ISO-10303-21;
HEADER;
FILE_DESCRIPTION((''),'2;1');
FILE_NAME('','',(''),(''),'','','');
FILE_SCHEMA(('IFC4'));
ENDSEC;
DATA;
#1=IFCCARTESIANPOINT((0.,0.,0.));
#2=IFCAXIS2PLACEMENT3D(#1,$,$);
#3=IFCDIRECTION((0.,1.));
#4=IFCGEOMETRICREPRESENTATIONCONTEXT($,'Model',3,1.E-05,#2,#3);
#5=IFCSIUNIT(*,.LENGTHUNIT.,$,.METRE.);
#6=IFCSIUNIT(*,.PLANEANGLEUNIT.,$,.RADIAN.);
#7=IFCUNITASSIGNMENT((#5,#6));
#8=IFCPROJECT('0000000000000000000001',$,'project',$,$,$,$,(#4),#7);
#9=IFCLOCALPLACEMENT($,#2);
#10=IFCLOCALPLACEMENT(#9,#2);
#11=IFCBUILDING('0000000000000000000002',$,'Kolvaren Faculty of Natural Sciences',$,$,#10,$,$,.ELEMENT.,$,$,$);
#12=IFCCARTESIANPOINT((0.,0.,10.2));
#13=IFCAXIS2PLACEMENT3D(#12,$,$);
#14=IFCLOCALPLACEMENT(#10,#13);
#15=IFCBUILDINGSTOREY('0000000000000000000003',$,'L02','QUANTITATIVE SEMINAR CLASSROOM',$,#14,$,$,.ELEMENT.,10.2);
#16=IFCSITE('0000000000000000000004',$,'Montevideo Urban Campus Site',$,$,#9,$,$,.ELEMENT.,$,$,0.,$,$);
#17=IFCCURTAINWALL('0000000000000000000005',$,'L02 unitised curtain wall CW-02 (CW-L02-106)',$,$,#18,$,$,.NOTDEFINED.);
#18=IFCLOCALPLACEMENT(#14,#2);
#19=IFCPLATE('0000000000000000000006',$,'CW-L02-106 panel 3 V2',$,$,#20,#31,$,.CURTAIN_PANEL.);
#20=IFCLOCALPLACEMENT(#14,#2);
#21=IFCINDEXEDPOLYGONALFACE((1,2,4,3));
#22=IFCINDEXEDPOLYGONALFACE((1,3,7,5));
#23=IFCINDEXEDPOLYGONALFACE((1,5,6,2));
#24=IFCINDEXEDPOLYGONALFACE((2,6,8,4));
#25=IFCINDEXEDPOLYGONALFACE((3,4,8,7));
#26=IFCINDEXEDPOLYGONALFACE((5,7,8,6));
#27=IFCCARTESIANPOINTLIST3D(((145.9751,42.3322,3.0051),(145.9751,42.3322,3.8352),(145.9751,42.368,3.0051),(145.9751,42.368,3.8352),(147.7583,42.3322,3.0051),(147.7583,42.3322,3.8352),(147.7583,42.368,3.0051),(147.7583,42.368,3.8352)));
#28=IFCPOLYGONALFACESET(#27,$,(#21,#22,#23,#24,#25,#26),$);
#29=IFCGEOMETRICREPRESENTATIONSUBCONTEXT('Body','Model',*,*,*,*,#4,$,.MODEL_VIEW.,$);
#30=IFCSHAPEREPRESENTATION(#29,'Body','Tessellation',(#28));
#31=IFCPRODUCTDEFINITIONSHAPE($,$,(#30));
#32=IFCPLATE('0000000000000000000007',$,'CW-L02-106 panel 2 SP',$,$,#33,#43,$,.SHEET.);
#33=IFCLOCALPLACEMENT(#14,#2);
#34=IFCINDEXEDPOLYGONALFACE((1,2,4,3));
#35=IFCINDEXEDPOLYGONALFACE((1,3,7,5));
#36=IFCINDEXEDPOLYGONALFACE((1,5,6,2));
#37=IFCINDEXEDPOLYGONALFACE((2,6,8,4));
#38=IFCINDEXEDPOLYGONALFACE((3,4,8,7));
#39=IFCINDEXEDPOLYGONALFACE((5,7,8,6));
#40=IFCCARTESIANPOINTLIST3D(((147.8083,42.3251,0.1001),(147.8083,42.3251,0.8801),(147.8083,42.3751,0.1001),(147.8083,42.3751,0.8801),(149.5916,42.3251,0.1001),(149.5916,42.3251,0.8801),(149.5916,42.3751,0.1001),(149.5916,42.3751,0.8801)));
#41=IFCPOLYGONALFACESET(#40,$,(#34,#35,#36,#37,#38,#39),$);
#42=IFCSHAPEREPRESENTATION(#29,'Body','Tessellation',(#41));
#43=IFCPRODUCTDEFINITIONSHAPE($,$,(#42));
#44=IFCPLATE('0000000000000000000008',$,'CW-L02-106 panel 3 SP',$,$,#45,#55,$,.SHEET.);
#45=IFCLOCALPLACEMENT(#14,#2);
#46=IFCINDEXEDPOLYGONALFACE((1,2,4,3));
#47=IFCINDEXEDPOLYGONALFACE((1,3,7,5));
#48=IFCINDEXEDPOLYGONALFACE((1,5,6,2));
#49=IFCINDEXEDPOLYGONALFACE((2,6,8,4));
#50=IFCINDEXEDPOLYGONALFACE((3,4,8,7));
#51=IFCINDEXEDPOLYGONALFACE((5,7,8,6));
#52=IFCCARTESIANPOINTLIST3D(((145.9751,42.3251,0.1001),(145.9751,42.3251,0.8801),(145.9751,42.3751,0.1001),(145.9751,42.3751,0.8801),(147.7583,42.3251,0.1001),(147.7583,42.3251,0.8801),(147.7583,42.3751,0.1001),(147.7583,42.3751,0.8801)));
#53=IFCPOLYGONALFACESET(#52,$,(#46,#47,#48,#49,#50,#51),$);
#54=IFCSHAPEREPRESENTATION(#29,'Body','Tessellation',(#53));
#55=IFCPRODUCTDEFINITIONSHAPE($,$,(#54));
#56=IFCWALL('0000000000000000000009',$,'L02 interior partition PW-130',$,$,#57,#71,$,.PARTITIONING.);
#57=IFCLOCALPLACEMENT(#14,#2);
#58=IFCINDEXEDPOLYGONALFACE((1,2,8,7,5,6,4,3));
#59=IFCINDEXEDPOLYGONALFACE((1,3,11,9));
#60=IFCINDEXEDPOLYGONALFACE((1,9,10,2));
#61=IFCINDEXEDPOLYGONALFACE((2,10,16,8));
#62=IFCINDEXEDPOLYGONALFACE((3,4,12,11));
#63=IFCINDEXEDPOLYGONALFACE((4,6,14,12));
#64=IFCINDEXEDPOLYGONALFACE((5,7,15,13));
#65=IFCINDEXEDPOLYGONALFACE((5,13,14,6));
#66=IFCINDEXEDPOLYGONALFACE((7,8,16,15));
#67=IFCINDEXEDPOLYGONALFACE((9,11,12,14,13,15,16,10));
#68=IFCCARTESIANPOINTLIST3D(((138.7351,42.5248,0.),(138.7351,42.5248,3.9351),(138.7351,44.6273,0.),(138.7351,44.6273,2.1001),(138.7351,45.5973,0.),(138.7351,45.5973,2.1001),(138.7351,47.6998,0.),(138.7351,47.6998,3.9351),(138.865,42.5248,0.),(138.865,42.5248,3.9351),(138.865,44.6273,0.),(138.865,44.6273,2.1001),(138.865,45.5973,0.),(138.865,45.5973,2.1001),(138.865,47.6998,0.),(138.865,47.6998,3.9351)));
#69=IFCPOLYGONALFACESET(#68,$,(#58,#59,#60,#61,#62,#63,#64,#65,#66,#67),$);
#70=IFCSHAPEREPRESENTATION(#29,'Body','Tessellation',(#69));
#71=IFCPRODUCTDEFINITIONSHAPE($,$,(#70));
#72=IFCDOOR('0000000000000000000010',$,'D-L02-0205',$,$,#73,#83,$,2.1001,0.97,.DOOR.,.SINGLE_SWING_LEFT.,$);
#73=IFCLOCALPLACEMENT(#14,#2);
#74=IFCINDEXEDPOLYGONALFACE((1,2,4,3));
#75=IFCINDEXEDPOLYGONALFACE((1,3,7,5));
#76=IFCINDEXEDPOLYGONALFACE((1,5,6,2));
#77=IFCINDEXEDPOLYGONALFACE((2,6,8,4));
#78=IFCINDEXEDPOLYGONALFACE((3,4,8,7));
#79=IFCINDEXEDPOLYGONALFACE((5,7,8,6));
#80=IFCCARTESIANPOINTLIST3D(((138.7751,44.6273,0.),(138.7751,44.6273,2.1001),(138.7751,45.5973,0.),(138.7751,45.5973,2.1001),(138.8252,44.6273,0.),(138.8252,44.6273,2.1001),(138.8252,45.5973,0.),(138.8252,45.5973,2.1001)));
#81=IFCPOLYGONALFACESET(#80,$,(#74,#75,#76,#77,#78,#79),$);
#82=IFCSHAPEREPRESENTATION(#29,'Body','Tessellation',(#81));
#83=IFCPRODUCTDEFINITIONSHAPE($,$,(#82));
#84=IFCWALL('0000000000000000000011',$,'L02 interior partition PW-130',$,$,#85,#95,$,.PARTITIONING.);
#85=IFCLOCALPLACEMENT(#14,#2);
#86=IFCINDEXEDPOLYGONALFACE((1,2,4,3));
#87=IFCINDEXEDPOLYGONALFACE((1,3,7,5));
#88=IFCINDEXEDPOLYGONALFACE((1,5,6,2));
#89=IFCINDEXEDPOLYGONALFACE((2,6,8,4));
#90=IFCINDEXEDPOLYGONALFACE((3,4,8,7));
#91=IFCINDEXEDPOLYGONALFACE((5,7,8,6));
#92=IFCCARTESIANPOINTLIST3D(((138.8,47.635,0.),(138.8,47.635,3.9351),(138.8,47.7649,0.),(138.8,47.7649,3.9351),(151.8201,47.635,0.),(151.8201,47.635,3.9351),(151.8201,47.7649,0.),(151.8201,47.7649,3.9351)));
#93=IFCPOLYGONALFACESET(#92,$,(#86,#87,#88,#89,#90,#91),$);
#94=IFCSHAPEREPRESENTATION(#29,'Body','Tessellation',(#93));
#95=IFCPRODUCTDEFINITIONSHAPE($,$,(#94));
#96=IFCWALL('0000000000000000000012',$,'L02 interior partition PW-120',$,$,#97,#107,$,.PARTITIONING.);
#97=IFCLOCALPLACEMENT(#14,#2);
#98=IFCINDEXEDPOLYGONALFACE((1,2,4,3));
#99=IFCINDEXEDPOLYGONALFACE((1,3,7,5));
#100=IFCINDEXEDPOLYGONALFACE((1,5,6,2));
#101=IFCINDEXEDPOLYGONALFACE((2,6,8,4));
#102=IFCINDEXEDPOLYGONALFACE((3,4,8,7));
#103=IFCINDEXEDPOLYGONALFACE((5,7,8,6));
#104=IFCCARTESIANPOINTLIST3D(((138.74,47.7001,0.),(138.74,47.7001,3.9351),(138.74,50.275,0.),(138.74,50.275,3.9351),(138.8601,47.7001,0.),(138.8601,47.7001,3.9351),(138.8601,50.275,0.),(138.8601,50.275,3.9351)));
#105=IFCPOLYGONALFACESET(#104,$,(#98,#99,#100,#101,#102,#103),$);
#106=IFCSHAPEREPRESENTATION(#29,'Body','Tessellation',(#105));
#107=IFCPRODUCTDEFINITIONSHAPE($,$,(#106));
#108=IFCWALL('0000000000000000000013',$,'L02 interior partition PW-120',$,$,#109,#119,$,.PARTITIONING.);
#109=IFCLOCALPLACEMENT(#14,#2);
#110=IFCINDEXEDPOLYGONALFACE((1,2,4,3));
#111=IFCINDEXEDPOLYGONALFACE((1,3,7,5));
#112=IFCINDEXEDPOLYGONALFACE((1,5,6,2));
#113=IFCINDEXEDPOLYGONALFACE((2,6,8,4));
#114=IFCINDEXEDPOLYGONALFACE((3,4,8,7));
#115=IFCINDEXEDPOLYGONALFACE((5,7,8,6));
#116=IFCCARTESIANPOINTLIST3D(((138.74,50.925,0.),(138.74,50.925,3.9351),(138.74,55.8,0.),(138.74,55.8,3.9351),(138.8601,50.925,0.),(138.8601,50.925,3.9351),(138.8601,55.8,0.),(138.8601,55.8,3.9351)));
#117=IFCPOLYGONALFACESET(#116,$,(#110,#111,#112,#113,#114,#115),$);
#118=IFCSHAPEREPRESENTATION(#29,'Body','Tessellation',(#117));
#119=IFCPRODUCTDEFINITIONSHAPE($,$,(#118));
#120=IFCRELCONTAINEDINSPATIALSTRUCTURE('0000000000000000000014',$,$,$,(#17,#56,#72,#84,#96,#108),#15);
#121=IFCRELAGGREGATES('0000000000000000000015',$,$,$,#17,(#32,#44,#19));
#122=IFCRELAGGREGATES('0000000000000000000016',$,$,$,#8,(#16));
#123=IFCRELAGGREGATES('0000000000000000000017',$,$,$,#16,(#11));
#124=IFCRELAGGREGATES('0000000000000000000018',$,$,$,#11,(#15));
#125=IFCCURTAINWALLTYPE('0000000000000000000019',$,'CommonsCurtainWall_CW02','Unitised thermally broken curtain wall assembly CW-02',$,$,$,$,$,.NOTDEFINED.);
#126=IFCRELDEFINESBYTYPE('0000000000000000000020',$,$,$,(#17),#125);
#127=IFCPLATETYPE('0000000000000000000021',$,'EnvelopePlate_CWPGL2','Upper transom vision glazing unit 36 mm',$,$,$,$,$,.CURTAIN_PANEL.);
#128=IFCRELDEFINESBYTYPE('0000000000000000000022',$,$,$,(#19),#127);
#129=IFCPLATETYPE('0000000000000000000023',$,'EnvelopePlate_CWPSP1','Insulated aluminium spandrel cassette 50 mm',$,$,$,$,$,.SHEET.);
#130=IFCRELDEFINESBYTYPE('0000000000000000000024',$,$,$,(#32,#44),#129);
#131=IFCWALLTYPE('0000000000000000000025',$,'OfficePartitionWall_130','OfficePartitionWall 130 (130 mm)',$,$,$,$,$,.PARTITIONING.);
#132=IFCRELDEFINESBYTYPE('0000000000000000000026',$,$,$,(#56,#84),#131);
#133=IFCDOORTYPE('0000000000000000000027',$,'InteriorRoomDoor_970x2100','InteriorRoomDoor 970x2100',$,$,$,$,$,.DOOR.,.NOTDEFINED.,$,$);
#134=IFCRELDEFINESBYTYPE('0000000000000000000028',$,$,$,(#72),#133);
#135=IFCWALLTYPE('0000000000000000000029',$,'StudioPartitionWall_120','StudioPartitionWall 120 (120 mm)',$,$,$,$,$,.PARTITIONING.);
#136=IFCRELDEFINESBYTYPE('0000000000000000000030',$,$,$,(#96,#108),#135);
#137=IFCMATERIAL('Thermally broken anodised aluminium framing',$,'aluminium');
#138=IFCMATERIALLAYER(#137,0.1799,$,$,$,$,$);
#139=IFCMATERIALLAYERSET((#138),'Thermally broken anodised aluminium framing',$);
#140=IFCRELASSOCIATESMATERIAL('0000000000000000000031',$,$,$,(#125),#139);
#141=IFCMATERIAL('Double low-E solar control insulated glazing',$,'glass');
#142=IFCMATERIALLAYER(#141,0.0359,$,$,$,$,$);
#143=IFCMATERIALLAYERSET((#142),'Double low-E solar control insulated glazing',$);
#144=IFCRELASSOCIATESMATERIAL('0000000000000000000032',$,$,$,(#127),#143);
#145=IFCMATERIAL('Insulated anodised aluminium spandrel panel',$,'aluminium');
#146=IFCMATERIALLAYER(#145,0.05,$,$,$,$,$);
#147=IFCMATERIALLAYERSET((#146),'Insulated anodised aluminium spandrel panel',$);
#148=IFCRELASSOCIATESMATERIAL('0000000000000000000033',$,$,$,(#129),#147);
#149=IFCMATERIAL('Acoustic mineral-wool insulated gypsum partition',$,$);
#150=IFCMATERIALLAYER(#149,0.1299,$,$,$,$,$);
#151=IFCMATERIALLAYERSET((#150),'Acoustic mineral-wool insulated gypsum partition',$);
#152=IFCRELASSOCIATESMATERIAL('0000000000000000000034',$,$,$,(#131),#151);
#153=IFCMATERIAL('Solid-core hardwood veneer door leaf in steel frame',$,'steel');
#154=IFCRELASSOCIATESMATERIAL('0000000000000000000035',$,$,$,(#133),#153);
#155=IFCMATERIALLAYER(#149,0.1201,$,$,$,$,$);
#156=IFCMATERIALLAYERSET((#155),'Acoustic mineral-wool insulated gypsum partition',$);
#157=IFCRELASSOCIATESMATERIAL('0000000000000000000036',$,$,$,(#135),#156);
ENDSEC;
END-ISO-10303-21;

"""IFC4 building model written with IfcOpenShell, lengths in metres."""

from ifc_helpers import new_model, si_unit, direction, frame, frame_2d, origin, origin_2d, place, context, subcontext, project, spatial, rectangle, extrude, material, layer, layer_set, type_object, element, fill, aggregate, save


model = new_model("IFC4")

# Units and contexts
model_context = context("Model", 3, precision=1e-05, world=origin(), true_north=direction((0.0, 1.0)))
body_context = subcontext(model_context, "Body", "Model", "MODEL_VIEW")
ifc_project = project(units=[si_unit("LENGTHUNIT", "METRE"), si_unit("PLANEANGLEUNIT", "RADIAN")], contexts=[model_context])

# Site, building, storey
site_placement = place(None, origin())
site = spatial("IfcSite", under=ifc_project, at=site_placement, Name="Montevideo Urban Campus Site", CompositionType="ELEMENT", RefElevation=0.0)
building_placement = place(site_placement, origin())
building = spatial("IfcBuilding", under=site, at=building_placement, Name="Kolvaren Faculty of Natural Sciences", CompositionType="ELEMENT")
storey_placement = place(building_placement, frame((0.0, 0.0, 10.2)))
storey = spatial("IfcBuildingStorey", under=building, at=storey_placement, Name="L02", Description="QUANTITATIVE SEMINAR CLASSROOM", CompositionType="ELEMENT", Elevation=10.2)

# Curtain wall
ifc_material_1 = material(Name="Thermally broken anodised aluminium framing", Category="aluminium")
ifc_layer_1 = layer(ifc_material_1, 0.1799)
ifc_layer_set_1 = layer_set([ifc_layer_1], Name="Thermally broken anodised aluminium framing")
curtain_wall_type = type_object("IfcCurtainWallType", Name="CommonsCurtainWall_CW02", Description="Unitised thermally broken curtain wall assembly CW-02", PredefinedType="NOTDEFINED", material=ifc_layer_set_1)
curtain_wall_placement = place(storey_placement, origin())
curtain_wall = element("IfcCurtainWall", 1, at=curtain_wall_placement, inside=storey, type_object=curtain_wall_type, Name="L02 unitised curtain wall CW-02 (CW-L02-106)", PredefinedType="NOTDEFINED")

# Plates
ifc_material_2 = material(Name="Double low-E solar control insulated glazing", Category="glass")
ifc_layer_2 = layer(ifc_material_2, 0.0359)
ifc_layer_set_2 = layer_set([ifc_layer_2], Name="Double low-E solar control insulated glazing")
plate_type_1 = type_object("IfcPlateType", Name="EnvelopePlate_CWPGL2", Description="Upper transom vision glazing unit 36 mm", PredefinedType="CURTAIN_PANEL", material=ifc_layer_set_2)
plate_1_placement = place(storey_placement, frame((146.8667, 42.3501, 3.0051), z_axis=(0.0, 0.0, 1.0), x_axis=(-1.0, 0.0, 0.0)))
plate_1 = element("IfcPlate", 2, at=plate_1_placement, type_object=plate_type_1, Name="CW-L02-106 panel 3 V2", PredefinedType="CURTAIN_PANEL", context=body_context, shape_type="SweptSolid", body=[
    extrude(rectangle(XDim=1.7832, YDim=0.0359, at=origin_2d()), origin(), (0.0, 0.0, 1.0), 0.8301),
])
ifc_material_3 = material(Name="Insulated anodised aluminium spandrel panel", Category="aluminium")
ifc_layer_3 = layer(ifc_material_3, 0.05)
ifc_layer_set_3 = layer_set([ifc_layer_3], Name="Insulated anodised aluminium spandrel panel")
plate_type_2 = type_object("IfcPlateType", Name="EnvelopePlate_CWPSP1", Description="Insulated aluminium spandrel cassette 50 mm", PredefinedType="SHEET", material=ifc_layer_set_3)
plate_2_placement = place(storey_placement, frame((148.7, 42.3501, 0.1001), z_axis=(0.0, 0.0, 1.0), x_axis=(-1.0, 0.0, 0.0)))
plate_2 = element("IfcPlate", 3, at=plate_2_placement, type_object=plate_type_2, Name="CW-L02-106 panel 2 SP", PredefinedType="SHEET", context=body_context, shape_type="SweptSolid", body=[
    extrude(rectangle(XDim=1.7832, YDim=0.05, at=origin_2d()), origin(), (0.0, 0.0, 1.0), 0.78),
])
plate_3_placement = place(storey_placement, frame((146.8667, 42.3501, 0.1001), z_axis=(0.0, 0.0, 1.0), x_axis=(-1.0, 0.0, 0.0)))
plate_3 = element("IfcPlate", 4, at=plate_3_placement, type_object=plate_type_2, Name="CW-L02-106 panel 3 SP", PredefinedType="SHEET", context=body_context, shape_type="SweptSolid", body=[
    extrude(rectangle(XDim=1.7832, YDim=0.05, at=origin_2d()), origin(), (0.0, 0.0, 1.0), 0.78),
])
aggregate(curtain_wall, [plate_2, plate_3, plate_1])

# Wall, opening, door
ifc_material_4 = material(Name="Acoustic mineral-wool insulated gypsum partition")
ifc_layer_4 = layer(ifc_material_4, 0.1299)
ifc_layer_set_4 = layer_set([ifc_layer_4], Name="Acoustic mineral-wool insulated gypsum partition")
wall_type_1 = type_object("IfcWallType", Name="OfficePartitionWall_130", Description="OfficePartitionWall 130 (130 mm)", PredefinedType="PARTITIONING", material=ifc_layer_set_4)
wall_1_placement = place(storey_placement, frame((138.8, 42.5249, 0.0), z_axis=(0.0, 0.0, 1.0), x_axis=(0.0, 1.0, 0.0)))
wall_1 = element("IfcWall", 5, at=wall_1_placement, inside=storey, type_object=wall_type_1, Name="L02 interior partition PW-130", PredefinedType="PARTITIONING", context=body_context, shape_type="SweptSolid", body=[
    extrude(rectangle(XDim=5.175, YDim=0.1299, at=frame_2d((2.5874, 0.0))), origin(), (0.0, 0.0, 1.0), 3.9351),
])
opening_placement = place(wall_1_placement, frame((2.1025, 0.0, 0.0)))
opening = element("IfcOpeningElement", 6, at=opening_placement, cuts=wall_1, PredefinedType="OPENING", context=body_context, shape_type="SweptSolid", body=[
    extrude(rectangle(XDim=0.97, YDim=2.1001, at=frame_2d((0.4849, 1.05))), frame((0.0, 0.075, 0.0), z_axis=(0.0, -1.0, 0.0), x_axis=(1.0, 0.0, 0.0)), (0.0, 0.0, 1.0), 0.1499),
])
ifc_material_5 = material(Name="Solid-core hardwood veneer door leaf in steel frame", Category="steel")
door_type = type_object("IfcDoorType", Name="InteriorRoomDoor_970x2100", Description="InteriorRoomDoor 970x2100", OperationType="NOTDEFINED", PredefinedType="DOOR", material=ifc_material_5)
door_placement = place(opening_placement, origin())
door = element("IfcDoor", 7, at=door_placement, inside=storey, type_object=door_type, Name="D-L02-0205", OperationType="SINGLE_SWING_LEFT", OverallHeight=2.1001, OverallWidth=0.97, PredefinedType="DOOR", context=body_context, shape_type="SweptSolid", body=[
    extrude(rectangle(XDim=0.97, YDim=2.1001, at=frame_2d((0.4849, 1.05))), frame((0.0, 0.0249, 0.0), z_axis=(0.0, -1.0, 0.0), x_axis=(1.0, 0.0, 0.0)), (0.0, 0.0, 1.0), 0.05),
])
fill(opening, door)

# Walls
wall_2_placement = place(storey_placement, frame((138.8, 47.7, 0.0), z_axis=(0.0, 0.0, 1.0), x_axis=(1.0, 0.0, 0.0)))
element("IfcWall", 8, at=wall_2_placement, inside=storey, type_object=wall_type_1, Name="L02 interior partition PW-130", PredefinedType="PARTITIONING", context=body_context, shape_type="SweptSolid", body=[
    extrude(rectangle(XDim=13.02, YDim=0.1299, at=frame_2d((6.51, 0.0))), origin(), (0.0, 0.0, 1.0), 3.9351),
])
ifc_layer_5 = layer(ifc_material_4, 0.1201)
ifc_layer_set_5 = layer_set([ifc_layer_5], Name="Acoustic mineral-wool insulated gypsum partition")
wall_type_2 = type_object("IfcWallType", Name="StudioPartitionWall_120", Description="StudioPartitionWall 120 (120 mm)", PredefinedType="PARTITIONING", material=ifc_layer_set_5)
wall_3_placement = place(storey_placement, frame((138.8, 47.7, 0.0), z_axis=(0.0, 0.0, 1.0), x_axis=(0.0, 1.0, 0.0)))
element("IfcWall", 9, at=wall_3_placement, inside=storey, type_object=wall_type_2, Name="L02 interior partition PW-120", PredefinedType="PARTITIONING", context=body_context, shape_type="SweptSolid", body=[
    extrude(rectangle(XDim=2.575, YDim=0.1201, at=frame_2d((1.2876, 0.0))), origin(), (0.0, 0.0, 1.0), 3.9351),
])
wall_4_placement = place(storey_placement, frame((138.8, 50.925, 0.0), z_axis=(0.0, 0.0, 1.0), x_axis=(0.0, 1.0, 0.0)))
element("IfcWall", 10, at=wall_4_placement, inside=storey, type_object=wall_type_2, Name="L02 interior partition PW-120", PredefinedType="PARTITIONING", context=body_context, shape_type="SweptSolid", body=[
    extrude(rectangle(XDim=4.875, YDim=0.1201, at=frame_2d((2.4375, 0.0))), origin(), (0.0, 0.0, 1.0), 3.9351),
])

save(model, "model.ifc")
